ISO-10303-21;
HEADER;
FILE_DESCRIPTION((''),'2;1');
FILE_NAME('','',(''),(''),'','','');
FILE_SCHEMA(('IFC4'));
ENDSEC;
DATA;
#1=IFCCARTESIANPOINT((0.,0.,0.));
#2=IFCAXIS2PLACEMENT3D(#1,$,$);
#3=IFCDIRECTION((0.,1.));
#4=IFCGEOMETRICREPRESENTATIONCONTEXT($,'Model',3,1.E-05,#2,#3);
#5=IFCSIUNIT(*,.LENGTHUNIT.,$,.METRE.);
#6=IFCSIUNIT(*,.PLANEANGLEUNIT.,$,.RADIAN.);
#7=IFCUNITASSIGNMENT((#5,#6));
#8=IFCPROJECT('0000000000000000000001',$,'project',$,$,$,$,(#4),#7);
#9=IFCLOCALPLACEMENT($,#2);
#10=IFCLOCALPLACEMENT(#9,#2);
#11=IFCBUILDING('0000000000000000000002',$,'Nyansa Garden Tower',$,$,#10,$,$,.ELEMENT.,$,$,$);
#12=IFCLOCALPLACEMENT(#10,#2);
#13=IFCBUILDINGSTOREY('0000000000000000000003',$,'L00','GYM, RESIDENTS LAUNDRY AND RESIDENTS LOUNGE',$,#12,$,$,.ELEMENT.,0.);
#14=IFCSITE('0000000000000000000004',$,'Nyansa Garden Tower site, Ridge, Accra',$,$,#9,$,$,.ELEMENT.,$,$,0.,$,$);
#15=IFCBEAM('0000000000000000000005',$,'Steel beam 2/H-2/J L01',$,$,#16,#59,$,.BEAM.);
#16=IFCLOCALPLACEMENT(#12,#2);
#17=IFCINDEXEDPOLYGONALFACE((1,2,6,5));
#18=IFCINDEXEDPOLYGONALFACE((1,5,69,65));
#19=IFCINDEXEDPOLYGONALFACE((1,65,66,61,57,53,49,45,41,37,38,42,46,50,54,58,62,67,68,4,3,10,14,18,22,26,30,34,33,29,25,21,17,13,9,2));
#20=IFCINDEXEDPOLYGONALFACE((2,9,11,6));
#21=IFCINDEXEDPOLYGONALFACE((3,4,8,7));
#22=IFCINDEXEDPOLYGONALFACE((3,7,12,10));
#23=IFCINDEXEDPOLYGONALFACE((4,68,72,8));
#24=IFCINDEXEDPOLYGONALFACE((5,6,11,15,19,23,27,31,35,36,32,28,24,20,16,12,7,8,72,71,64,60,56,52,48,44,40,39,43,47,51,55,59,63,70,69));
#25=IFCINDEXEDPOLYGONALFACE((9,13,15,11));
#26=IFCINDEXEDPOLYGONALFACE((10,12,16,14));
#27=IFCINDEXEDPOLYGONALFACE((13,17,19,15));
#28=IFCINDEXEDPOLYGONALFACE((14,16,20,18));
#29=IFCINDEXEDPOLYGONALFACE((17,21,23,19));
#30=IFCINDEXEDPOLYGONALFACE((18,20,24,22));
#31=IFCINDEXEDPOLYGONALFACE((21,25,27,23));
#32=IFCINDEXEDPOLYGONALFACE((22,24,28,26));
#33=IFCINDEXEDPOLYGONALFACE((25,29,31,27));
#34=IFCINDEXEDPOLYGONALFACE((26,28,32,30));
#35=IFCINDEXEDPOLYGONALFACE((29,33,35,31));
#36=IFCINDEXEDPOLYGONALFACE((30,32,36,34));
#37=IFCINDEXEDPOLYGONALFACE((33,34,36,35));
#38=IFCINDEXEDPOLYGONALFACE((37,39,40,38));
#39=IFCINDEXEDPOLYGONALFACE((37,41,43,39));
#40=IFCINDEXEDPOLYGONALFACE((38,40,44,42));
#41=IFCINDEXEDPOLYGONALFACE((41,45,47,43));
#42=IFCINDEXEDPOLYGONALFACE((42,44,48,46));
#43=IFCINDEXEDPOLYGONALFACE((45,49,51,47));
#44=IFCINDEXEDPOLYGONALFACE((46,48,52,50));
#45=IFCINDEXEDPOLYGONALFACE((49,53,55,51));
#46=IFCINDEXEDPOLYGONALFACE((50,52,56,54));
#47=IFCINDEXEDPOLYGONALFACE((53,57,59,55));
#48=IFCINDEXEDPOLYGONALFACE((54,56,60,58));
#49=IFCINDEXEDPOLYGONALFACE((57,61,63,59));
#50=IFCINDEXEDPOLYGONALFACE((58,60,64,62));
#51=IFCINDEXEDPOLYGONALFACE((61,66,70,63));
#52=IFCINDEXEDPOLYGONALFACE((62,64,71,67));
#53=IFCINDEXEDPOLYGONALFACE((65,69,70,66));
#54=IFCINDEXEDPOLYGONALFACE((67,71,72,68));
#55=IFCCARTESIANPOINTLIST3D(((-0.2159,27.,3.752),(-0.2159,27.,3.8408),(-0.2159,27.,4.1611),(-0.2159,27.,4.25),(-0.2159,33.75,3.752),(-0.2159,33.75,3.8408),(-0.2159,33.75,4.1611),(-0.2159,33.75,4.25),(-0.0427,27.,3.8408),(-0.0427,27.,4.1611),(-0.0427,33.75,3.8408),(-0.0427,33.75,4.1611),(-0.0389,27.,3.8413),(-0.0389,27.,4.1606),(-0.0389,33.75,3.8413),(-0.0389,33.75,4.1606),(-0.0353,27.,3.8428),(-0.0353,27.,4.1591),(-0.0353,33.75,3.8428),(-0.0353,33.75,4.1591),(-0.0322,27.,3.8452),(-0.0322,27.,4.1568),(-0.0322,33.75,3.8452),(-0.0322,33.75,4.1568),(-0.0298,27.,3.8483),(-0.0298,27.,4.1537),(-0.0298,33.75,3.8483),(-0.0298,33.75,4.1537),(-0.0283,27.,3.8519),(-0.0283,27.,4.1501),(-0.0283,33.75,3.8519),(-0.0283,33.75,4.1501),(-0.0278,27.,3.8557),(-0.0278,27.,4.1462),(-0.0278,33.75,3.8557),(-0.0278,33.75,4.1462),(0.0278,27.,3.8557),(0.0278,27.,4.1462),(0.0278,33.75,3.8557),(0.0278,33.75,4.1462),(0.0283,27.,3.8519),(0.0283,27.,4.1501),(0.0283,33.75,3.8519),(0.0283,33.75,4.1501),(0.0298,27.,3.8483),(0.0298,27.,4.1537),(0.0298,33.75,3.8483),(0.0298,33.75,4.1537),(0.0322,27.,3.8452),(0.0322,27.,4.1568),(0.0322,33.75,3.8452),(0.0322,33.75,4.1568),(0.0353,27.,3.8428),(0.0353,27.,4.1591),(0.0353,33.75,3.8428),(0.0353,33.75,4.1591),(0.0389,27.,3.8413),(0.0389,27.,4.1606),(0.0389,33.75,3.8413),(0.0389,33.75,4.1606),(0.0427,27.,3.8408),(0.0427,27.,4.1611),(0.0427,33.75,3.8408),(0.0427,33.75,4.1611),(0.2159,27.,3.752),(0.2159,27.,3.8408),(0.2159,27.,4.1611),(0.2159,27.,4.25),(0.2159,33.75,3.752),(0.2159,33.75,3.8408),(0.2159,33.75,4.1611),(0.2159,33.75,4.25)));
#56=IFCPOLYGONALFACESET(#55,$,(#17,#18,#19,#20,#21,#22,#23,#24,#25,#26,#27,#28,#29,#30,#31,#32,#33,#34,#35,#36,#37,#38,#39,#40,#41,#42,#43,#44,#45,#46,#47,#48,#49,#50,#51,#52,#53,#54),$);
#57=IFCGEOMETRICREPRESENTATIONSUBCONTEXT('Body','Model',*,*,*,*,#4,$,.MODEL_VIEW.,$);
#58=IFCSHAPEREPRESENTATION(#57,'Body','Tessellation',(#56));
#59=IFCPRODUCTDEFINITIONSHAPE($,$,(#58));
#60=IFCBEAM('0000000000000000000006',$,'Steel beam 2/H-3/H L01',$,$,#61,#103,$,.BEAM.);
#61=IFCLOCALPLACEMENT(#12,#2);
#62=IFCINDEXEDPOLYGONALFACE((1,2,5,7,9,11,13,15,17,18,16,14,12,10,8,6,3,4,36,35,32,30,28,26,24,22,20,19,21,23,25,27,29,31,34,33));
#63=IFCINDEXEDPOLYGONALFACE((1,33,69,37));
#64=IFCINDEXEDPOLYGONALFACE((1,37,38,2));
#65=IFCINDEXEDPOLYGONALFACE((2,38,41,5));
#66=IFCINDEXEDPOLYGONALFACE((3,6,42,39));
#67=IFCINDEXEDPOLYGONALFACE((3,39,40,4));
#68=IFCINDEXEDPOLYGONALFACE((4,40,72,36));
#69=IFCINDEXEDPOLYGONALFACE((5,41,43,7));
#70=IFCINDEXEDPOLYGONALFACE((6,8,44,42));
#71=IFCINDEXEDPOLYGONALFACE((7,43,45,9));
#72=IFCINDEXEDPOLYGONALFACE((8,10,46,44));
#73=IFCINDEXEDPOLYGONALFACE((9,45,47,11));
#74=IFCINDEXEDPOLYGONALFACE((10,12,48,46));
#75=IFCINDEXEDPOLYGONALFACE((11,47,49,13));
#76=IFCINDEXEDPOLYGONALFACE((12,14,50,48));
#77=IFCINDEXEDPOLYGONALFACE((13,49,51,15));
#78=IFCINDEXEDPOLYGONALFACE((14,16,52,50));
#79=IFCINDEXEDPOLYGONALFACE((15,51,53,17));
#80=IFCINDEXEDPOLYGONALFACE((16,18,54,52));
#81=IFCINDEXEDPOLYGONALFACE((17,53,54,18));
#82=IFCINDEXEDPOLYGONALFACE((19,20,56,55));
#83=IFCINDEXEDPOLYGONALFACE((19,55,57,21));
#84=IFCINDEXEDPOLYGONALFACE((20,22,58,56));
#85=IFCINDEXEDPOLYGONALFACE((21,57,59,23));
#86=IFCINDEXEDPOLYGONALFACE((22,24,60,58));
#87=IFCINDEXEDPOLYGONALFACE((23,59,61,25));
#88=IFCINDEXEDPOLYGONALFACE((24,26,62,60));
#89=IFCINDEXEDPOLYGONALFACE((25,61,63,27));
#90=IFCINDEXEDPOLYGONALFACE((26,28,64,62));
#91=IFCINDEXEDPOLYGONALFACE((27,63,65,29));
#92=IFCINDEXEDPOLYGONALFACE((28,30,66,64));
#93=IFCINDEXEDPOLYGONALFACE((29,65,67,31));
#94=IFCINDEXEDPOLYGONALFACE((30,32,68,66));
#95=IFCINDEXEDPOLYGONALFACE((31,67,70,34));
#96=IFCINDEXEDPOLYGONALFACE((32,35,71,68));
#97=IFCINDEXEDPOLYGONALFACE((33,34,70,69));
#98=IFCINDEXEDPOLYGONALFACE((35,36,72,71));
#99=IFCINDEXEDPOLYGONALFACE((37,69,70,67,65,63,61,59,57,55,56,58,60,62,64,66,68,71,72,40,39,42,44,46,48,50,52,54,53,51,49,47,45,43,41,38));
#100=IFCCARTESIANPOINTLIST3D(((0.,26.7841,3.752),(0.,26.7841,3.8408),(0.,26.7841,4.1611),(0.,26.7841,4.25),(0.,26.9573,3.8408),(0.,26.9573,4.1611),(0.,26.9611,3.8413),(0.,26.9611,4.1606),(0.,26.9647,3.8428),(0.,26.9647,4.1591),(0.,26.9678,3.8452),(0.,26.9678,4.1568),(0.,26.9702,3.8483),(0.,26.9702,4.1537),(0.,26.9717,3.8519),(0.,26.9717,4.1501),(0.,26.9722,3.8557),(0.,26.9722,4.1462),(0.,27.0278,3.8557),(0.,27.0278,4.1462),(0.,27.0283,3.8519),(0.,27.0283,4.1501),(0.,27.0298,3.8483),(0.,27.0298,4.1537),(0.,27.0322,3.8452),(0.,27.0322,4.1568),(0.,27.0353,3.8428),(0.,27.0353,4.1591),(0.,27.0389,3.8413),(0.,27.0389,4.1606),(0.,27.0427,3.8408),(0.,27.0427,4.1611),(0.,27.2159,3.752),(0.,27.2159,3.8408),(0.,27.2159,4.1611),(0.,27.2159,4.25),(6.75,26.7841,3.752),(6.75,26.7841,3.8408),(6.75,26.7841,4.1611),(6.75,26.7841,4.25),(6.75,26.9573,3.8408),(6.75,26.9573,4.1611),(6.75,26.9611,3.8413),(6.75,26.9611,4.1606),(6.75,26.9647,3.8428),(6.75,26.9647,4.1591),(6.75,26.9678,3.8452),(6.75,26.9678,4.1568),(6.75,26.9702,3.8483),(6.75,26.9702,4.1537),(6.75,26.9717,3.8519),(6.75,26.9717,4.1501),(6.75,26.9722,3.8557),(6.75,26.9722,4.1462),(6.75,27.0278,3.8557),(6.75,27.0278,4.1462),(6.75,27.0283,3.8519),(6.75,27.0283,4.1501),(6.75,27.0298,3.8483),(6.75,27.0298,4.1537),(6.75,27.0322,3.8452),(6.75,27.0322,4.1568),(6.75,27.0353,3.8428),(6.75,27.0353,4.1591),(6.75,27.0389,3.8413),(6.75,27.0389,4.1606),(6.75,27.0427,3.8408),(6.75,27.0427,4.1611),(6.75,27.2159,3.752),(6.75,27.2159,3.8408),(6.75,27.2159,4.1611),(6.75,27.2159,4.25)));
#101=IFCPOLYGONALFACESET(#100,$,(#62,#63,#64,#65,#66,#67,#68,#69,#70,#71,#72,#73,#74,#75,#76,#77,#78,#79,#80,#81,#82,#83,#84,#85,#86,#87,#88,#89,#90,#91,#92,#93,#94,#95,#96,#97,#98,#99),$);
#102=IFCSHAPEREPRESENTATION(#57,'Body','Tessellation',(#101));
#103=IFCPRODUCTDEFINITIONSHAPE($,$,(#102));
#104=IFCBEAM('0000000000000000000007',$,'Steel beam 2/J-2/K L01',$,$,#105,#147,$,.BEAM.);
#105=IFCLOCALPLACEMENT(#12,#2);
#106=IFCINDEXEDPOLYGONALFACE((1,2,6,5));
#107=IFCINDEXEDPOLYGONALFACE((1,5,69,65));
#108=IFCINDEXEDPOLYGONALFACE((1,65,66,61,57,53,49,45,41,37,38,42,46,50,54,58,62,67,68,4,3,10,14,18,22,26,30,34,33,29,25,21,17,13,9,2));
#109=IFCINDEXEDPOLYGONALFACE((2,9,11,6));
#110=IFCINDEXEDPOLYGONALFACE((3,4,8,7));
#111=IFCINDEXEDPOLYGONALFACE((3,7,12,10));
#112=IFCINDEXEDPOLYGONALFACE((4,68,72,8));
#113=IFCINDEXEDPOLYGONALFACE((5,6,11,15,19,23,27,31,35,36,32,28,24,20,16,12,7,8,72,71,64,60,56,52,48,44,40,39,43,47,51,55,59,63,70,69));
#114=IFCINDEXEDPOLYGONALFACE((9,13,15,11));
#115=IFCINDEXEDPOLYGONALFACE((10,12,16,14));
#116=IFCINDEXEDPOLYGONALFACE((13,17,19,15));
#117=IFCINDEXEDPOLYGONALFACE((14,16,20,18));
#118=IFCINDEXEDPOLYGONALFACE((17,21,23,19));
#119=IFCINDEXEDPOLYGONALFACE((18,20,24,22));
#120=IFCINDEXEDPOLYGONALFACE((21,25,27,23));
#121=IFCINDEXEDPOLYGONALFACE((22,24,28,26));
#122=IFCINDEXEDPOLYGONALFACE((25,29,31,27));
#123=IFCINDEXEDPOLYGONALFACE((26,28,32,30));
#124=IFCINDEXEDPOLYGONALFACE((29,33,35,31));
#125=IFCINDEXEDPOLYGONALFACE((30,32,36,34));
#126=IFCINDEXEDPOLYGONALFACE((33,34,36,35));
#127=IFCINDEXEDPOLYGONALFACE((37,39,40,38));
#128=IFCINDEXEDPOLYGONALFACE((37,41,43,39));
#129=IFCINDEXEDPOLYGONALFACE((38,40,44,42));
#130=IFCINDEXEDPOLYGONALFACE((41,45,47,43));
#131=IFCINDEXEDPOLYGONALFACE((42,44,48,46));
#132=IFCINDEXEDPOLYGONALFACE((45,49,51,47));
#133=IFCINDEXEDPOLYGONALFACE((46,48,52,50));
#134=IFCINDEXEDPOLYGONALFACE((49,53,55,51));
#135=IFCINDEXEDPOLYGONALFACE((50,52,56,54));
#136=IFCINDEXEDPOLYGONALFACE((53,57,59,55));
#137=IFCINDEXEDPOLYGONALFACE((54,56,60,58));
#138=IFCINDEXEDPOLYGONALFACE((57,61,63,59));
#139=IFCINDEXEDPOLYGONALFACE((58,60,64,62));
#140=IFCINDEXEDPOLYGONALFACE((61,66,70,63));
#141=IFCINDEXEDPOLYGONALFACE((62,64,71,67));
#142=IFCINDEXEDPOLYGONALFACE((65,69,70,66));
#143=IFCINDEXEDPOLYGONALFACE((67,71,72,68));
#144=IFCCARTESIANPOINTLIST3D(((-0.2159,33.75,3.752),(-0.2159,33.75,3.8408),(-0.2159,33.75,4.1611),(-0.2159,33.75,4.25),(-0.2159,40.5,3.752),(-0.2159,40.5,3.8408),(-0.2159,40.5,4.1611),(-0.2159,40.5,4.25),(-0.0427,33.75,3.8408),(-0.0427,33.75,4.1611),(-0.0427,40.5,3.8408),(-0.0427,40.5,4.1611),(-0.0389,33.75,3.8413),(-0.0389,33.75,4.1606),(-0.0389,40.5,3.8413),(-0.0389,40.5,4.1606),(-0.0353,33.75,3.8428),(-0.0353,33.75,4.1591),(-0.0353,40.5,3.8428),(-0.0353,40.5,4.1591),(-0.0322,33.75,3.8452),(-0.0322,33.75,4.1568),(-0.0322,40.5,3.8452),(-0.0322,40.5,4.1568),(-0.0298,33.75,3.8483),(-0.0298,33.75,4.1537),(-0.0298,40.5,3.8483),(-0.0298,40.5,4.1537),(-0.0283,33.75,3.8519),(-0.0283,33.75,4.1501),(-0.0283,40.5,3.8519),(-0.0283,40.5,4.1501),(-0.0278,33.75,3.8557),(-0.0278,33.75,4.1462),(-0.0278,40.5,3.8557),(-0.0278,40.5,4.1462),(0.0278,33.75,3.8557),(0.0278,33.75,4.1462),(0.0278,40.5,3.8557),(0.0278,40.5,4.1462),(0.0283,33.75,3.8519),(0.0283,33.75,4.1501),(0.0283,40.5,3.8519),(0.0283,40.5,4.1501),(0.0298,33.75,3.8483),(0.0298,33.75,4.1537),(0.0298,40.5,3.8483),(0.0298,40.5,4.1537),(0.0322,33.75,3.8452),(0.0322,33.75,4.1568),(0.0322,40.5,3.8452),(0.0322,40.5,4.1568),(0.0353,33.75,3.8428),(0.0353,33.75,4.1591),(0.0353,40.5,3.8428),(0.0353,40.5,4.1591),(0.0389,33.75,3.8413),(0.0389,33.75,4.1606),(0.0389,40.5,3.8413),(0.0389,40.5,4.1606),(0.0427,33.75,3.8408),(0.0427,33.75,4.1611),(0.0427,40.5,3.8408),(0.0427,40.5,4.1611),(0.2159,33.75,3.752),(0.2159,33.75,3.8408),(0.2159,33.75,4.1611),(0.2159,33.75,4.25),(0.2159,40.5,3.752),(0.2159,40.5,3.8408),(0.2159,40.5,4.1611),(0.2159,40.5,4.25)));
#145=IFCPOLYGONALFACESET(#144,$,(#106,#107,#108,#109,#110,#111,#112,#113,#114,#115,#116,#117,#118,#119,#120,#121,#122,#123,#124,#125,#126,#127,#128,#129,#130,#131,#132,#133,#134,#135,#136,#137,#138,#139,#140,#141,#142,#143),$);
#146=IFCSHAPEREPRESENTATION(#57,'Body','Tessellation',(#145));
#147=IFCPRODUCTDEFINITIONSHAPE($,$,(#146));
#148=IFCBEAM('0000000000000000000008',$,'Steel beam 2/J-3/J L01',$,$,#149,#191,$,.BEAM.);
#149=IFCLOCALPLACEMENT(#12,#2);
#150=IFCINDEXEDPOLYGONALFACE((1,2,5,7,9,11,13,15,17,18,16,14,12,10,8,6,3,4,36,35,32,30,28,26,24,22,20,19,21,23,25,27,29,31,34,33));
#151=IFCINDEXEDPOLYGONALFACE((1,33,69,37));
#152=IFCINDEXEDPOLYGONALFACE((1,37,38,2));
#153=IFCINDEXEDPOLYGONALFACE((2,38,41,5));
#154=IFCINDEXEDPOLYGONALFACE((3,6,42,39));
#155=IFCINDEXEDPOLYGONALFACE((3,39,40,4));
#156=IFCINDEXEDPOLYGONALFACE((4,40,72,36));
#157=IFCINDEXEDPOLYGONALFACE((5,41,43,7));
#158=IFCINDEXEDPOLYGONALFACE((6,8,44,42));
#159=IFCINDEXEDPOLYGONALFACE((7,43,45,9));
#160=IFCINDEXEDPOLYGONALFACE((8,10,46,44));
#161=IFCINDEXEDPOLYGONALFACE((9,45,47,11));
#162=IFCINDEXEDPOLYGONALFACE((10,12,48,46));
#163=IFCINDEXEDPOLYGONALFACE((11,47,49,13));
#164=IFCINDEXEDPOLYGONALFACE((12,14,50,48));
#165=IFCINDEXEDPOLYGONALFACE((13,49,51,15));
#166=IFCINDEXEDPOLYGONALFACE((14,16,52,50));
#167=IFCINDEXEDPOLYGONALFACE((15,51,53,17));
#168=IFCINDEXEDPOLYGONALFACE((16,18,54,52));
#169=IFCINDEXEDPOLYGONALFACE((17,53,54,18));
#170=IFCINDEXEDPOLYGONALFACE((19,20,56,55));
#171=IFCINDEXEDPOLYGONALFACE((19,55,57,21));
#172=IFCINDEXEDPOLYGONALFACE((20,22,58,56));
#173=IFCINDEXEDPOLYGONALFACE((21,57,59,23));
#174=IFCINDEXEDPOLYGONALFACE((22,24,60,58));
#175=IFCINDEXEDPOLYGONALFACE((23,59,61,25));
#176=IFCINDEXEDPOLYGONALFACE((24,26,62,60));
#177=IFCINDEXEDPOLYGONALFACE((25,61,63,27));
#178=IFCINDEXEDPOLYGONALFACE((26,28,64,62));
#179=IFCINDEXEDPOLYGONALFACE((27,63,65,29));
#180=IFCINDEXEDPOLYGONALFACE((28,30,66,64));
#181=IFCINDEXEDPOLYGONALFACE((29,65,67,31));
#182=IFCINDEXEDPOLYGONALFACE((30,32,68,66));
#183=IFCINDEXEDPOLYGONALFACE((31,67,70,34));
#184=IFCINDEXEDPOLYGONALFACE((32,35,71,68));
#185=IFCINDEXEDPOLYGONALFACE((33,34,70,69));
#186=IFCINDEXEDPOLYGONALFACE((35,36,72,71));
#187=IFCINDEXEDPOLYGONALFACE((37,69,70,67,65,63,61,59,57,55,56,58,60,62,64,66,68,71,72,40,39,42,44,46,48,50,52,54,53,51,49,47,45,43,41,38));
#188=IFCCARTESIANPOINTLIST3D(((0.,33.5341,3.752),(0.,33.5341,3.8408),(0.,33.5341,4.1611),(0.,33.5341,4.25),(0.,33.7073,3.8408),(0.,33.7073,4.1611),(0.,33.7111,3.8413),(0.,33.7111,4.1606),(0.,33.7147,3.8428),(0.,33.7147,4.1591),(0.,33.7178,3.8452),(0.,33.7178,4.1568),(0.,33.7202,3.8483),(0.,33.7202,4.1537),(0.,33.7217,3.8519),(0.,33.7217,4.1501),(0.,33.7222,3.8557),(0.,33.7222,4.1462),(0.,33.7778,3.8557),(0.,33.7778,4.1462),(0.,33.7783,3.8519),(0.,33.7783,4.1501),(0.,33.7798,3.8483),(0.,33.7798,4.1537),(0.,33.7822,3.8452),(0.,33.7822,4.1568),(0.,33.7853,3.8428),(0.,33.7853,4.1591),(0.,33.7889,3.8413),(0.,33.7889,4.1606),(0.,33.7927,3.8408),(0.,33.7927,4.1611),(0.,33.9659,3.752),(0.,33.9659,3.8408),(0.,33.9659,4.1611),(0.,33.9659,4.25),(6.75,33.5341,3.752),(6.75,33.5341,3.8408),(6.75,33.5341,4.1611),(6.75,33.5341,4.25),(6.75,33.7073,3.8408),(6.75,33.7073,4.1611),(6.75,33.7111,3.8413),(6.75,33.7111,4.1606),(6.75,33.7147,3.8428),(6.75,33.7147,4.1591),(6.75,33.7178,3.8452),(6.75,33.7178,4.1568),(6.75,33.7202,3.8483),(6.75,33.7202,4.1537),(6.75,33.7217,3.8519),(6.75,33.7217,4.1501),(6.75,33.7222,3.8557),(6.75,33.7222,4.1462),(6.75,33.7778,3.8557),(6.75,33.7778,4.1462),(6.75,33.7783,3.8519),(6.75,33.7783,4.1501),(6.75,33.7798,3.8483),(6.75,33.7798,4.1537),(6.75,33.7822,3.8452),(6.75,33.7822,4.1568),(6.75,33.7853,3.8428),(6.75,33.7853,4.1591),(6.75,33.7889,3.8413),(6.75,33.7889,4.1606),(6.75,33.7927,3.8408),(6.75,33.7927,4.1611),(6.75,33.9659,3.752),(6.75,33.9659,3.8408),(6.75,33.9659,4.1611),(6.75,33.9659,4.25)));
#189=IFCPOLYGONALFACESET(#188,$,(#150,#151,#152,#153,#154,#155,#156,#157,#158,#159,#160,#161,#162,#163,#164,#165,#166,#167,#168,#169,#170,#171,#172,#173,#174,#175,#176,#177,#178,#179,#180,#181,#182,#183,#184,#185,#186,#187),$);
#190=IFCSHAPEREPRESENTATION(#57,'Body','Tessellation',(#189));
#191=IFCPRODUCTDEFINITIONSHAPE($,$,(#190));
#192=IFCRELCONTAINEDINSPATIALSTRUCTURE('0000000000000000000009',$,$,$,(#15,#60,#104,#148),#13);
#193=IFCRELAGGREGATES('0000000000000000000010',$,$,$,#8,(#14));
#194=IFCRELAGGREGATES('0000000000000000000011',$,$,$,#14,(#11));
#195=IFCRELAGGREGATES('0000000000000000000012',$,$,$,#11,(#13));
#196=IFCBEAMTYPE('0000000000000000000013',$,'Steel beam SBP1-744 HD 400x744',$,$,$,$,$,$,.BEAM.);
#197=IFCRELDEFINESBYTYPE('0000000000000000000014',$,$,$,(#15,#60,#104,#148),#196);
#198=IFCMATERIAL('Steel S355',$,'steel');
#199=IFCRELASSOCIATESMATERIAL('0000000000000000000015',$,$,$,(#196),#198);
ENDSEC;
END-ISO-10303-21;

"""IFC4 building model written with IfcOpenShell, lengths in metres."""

from ifc_helpers import new_model, si_unit, direction, frame, origin, origin_2d, place, context, subcontext, project, spatial, i_section, extrude, material, material_profile, profile_set, type_object, element, save


model = new_model("IFC4")

# Units and contexts
model_context = context("Model", 3, precision=1e-05, world=origin(), true_north=direction((0.0, 1.0)))
body_context = subcontext(model_context, "Body", "Model", "MODEL_VIEW")
ifc_project = project(units=[si_unit("LENGTHUNIT", "METRE"), si_unit("PLANEANGLEUNIT", "RADIAN")], contexts=[model_context])

# Site, building, storey
site_placement = place(None, origin())
site = spatial("IfcSite", under=ifc_project, at=site_placement, Name="Nyansa Garden Tower site, Ridge, Accra", CompositionType="ELEMENT", RefElevation=0.0)
building_placement = place(site_placement, origin())
building = spatial("IfcBuilding", under=site, at=building_placement, Name="Nyansa Garden Tower", CompositionType="ELEMENT")
storey_placement = place(building_placement, origin())
storey = spatial("IfcBuildingStorey", under=building, at=storey_placement, Name="L00", Description="GYM, RESIDENTS LAUNDRY AND RESIDENTS LOUNGE", CompositionType="ELEMENT", Elevation=0.0)

# Beams
ifc_material_1 = material(Name="Steel S355", Category="steel")
ifc_material_profile_1 = material_profile(ifc_material_1, i_section(OverallWidth=0.4319, OverallDepth=0.498, WebThickness=0.0557, FlangeThickness=0.0889, FilletRadius=0.0149, at=origin_2d()), Name="HD 400x744")
ifc_profile_set_1 = profile_set([ifc_material_profile_1], Name="Steel S355")
beam_type_1 = type_object("IfcBeamType", Name="Steel beam SBP1-744 HD 400x744", PredefinedType="BEAM", material=ifc_profile_set_1)
for number, where, z_axis, x_axis, name in (
    (1, (0.0, 27.0, 4.001), (0.0, 1.0, 0.0), (-1.0, 0.0, 0.0), "Steel beam 2/H-2/J L01"),
    (2, (0.0, 27.0, 4.001), (1.0, 0.0, 0.0), (0.0, 1.0, 0.0), "Steel beam 2/H-3/H L01"),
    (3, (0.0, 33.75, 4.001), (0.0, 1.0, 0.0), (-1.0, 0.0, 0.0), "Steel beam 2/J-2/K L01"),
    (4, (0.0, 33.75, 4.001), (1.0, 0.0, 0.0), (0.0, 1.0, 0.0), "Steel beam 2/J-3/J L01"),
):
    element("IfcBeam", number, at=place(storey_placement, frame(where, z_axis=z_axis, x_axis=x_axis)), inside=storey, type_object=beam_type_1, Name=name, PredefinedType="BEAM", context=body_context, shape_type="SweptSolid", body=[
        extrude(i_section(OverallWidth=0.4319, OverallDepth=0.498, WebThickness=0.0557, FlangeThickness=0.0889, FilletRadius=0.0149, at=origin_2d()), origin(), (0.0, 0.0, 1.0), 6.75),
    ])

save(model, "model.ifc")
